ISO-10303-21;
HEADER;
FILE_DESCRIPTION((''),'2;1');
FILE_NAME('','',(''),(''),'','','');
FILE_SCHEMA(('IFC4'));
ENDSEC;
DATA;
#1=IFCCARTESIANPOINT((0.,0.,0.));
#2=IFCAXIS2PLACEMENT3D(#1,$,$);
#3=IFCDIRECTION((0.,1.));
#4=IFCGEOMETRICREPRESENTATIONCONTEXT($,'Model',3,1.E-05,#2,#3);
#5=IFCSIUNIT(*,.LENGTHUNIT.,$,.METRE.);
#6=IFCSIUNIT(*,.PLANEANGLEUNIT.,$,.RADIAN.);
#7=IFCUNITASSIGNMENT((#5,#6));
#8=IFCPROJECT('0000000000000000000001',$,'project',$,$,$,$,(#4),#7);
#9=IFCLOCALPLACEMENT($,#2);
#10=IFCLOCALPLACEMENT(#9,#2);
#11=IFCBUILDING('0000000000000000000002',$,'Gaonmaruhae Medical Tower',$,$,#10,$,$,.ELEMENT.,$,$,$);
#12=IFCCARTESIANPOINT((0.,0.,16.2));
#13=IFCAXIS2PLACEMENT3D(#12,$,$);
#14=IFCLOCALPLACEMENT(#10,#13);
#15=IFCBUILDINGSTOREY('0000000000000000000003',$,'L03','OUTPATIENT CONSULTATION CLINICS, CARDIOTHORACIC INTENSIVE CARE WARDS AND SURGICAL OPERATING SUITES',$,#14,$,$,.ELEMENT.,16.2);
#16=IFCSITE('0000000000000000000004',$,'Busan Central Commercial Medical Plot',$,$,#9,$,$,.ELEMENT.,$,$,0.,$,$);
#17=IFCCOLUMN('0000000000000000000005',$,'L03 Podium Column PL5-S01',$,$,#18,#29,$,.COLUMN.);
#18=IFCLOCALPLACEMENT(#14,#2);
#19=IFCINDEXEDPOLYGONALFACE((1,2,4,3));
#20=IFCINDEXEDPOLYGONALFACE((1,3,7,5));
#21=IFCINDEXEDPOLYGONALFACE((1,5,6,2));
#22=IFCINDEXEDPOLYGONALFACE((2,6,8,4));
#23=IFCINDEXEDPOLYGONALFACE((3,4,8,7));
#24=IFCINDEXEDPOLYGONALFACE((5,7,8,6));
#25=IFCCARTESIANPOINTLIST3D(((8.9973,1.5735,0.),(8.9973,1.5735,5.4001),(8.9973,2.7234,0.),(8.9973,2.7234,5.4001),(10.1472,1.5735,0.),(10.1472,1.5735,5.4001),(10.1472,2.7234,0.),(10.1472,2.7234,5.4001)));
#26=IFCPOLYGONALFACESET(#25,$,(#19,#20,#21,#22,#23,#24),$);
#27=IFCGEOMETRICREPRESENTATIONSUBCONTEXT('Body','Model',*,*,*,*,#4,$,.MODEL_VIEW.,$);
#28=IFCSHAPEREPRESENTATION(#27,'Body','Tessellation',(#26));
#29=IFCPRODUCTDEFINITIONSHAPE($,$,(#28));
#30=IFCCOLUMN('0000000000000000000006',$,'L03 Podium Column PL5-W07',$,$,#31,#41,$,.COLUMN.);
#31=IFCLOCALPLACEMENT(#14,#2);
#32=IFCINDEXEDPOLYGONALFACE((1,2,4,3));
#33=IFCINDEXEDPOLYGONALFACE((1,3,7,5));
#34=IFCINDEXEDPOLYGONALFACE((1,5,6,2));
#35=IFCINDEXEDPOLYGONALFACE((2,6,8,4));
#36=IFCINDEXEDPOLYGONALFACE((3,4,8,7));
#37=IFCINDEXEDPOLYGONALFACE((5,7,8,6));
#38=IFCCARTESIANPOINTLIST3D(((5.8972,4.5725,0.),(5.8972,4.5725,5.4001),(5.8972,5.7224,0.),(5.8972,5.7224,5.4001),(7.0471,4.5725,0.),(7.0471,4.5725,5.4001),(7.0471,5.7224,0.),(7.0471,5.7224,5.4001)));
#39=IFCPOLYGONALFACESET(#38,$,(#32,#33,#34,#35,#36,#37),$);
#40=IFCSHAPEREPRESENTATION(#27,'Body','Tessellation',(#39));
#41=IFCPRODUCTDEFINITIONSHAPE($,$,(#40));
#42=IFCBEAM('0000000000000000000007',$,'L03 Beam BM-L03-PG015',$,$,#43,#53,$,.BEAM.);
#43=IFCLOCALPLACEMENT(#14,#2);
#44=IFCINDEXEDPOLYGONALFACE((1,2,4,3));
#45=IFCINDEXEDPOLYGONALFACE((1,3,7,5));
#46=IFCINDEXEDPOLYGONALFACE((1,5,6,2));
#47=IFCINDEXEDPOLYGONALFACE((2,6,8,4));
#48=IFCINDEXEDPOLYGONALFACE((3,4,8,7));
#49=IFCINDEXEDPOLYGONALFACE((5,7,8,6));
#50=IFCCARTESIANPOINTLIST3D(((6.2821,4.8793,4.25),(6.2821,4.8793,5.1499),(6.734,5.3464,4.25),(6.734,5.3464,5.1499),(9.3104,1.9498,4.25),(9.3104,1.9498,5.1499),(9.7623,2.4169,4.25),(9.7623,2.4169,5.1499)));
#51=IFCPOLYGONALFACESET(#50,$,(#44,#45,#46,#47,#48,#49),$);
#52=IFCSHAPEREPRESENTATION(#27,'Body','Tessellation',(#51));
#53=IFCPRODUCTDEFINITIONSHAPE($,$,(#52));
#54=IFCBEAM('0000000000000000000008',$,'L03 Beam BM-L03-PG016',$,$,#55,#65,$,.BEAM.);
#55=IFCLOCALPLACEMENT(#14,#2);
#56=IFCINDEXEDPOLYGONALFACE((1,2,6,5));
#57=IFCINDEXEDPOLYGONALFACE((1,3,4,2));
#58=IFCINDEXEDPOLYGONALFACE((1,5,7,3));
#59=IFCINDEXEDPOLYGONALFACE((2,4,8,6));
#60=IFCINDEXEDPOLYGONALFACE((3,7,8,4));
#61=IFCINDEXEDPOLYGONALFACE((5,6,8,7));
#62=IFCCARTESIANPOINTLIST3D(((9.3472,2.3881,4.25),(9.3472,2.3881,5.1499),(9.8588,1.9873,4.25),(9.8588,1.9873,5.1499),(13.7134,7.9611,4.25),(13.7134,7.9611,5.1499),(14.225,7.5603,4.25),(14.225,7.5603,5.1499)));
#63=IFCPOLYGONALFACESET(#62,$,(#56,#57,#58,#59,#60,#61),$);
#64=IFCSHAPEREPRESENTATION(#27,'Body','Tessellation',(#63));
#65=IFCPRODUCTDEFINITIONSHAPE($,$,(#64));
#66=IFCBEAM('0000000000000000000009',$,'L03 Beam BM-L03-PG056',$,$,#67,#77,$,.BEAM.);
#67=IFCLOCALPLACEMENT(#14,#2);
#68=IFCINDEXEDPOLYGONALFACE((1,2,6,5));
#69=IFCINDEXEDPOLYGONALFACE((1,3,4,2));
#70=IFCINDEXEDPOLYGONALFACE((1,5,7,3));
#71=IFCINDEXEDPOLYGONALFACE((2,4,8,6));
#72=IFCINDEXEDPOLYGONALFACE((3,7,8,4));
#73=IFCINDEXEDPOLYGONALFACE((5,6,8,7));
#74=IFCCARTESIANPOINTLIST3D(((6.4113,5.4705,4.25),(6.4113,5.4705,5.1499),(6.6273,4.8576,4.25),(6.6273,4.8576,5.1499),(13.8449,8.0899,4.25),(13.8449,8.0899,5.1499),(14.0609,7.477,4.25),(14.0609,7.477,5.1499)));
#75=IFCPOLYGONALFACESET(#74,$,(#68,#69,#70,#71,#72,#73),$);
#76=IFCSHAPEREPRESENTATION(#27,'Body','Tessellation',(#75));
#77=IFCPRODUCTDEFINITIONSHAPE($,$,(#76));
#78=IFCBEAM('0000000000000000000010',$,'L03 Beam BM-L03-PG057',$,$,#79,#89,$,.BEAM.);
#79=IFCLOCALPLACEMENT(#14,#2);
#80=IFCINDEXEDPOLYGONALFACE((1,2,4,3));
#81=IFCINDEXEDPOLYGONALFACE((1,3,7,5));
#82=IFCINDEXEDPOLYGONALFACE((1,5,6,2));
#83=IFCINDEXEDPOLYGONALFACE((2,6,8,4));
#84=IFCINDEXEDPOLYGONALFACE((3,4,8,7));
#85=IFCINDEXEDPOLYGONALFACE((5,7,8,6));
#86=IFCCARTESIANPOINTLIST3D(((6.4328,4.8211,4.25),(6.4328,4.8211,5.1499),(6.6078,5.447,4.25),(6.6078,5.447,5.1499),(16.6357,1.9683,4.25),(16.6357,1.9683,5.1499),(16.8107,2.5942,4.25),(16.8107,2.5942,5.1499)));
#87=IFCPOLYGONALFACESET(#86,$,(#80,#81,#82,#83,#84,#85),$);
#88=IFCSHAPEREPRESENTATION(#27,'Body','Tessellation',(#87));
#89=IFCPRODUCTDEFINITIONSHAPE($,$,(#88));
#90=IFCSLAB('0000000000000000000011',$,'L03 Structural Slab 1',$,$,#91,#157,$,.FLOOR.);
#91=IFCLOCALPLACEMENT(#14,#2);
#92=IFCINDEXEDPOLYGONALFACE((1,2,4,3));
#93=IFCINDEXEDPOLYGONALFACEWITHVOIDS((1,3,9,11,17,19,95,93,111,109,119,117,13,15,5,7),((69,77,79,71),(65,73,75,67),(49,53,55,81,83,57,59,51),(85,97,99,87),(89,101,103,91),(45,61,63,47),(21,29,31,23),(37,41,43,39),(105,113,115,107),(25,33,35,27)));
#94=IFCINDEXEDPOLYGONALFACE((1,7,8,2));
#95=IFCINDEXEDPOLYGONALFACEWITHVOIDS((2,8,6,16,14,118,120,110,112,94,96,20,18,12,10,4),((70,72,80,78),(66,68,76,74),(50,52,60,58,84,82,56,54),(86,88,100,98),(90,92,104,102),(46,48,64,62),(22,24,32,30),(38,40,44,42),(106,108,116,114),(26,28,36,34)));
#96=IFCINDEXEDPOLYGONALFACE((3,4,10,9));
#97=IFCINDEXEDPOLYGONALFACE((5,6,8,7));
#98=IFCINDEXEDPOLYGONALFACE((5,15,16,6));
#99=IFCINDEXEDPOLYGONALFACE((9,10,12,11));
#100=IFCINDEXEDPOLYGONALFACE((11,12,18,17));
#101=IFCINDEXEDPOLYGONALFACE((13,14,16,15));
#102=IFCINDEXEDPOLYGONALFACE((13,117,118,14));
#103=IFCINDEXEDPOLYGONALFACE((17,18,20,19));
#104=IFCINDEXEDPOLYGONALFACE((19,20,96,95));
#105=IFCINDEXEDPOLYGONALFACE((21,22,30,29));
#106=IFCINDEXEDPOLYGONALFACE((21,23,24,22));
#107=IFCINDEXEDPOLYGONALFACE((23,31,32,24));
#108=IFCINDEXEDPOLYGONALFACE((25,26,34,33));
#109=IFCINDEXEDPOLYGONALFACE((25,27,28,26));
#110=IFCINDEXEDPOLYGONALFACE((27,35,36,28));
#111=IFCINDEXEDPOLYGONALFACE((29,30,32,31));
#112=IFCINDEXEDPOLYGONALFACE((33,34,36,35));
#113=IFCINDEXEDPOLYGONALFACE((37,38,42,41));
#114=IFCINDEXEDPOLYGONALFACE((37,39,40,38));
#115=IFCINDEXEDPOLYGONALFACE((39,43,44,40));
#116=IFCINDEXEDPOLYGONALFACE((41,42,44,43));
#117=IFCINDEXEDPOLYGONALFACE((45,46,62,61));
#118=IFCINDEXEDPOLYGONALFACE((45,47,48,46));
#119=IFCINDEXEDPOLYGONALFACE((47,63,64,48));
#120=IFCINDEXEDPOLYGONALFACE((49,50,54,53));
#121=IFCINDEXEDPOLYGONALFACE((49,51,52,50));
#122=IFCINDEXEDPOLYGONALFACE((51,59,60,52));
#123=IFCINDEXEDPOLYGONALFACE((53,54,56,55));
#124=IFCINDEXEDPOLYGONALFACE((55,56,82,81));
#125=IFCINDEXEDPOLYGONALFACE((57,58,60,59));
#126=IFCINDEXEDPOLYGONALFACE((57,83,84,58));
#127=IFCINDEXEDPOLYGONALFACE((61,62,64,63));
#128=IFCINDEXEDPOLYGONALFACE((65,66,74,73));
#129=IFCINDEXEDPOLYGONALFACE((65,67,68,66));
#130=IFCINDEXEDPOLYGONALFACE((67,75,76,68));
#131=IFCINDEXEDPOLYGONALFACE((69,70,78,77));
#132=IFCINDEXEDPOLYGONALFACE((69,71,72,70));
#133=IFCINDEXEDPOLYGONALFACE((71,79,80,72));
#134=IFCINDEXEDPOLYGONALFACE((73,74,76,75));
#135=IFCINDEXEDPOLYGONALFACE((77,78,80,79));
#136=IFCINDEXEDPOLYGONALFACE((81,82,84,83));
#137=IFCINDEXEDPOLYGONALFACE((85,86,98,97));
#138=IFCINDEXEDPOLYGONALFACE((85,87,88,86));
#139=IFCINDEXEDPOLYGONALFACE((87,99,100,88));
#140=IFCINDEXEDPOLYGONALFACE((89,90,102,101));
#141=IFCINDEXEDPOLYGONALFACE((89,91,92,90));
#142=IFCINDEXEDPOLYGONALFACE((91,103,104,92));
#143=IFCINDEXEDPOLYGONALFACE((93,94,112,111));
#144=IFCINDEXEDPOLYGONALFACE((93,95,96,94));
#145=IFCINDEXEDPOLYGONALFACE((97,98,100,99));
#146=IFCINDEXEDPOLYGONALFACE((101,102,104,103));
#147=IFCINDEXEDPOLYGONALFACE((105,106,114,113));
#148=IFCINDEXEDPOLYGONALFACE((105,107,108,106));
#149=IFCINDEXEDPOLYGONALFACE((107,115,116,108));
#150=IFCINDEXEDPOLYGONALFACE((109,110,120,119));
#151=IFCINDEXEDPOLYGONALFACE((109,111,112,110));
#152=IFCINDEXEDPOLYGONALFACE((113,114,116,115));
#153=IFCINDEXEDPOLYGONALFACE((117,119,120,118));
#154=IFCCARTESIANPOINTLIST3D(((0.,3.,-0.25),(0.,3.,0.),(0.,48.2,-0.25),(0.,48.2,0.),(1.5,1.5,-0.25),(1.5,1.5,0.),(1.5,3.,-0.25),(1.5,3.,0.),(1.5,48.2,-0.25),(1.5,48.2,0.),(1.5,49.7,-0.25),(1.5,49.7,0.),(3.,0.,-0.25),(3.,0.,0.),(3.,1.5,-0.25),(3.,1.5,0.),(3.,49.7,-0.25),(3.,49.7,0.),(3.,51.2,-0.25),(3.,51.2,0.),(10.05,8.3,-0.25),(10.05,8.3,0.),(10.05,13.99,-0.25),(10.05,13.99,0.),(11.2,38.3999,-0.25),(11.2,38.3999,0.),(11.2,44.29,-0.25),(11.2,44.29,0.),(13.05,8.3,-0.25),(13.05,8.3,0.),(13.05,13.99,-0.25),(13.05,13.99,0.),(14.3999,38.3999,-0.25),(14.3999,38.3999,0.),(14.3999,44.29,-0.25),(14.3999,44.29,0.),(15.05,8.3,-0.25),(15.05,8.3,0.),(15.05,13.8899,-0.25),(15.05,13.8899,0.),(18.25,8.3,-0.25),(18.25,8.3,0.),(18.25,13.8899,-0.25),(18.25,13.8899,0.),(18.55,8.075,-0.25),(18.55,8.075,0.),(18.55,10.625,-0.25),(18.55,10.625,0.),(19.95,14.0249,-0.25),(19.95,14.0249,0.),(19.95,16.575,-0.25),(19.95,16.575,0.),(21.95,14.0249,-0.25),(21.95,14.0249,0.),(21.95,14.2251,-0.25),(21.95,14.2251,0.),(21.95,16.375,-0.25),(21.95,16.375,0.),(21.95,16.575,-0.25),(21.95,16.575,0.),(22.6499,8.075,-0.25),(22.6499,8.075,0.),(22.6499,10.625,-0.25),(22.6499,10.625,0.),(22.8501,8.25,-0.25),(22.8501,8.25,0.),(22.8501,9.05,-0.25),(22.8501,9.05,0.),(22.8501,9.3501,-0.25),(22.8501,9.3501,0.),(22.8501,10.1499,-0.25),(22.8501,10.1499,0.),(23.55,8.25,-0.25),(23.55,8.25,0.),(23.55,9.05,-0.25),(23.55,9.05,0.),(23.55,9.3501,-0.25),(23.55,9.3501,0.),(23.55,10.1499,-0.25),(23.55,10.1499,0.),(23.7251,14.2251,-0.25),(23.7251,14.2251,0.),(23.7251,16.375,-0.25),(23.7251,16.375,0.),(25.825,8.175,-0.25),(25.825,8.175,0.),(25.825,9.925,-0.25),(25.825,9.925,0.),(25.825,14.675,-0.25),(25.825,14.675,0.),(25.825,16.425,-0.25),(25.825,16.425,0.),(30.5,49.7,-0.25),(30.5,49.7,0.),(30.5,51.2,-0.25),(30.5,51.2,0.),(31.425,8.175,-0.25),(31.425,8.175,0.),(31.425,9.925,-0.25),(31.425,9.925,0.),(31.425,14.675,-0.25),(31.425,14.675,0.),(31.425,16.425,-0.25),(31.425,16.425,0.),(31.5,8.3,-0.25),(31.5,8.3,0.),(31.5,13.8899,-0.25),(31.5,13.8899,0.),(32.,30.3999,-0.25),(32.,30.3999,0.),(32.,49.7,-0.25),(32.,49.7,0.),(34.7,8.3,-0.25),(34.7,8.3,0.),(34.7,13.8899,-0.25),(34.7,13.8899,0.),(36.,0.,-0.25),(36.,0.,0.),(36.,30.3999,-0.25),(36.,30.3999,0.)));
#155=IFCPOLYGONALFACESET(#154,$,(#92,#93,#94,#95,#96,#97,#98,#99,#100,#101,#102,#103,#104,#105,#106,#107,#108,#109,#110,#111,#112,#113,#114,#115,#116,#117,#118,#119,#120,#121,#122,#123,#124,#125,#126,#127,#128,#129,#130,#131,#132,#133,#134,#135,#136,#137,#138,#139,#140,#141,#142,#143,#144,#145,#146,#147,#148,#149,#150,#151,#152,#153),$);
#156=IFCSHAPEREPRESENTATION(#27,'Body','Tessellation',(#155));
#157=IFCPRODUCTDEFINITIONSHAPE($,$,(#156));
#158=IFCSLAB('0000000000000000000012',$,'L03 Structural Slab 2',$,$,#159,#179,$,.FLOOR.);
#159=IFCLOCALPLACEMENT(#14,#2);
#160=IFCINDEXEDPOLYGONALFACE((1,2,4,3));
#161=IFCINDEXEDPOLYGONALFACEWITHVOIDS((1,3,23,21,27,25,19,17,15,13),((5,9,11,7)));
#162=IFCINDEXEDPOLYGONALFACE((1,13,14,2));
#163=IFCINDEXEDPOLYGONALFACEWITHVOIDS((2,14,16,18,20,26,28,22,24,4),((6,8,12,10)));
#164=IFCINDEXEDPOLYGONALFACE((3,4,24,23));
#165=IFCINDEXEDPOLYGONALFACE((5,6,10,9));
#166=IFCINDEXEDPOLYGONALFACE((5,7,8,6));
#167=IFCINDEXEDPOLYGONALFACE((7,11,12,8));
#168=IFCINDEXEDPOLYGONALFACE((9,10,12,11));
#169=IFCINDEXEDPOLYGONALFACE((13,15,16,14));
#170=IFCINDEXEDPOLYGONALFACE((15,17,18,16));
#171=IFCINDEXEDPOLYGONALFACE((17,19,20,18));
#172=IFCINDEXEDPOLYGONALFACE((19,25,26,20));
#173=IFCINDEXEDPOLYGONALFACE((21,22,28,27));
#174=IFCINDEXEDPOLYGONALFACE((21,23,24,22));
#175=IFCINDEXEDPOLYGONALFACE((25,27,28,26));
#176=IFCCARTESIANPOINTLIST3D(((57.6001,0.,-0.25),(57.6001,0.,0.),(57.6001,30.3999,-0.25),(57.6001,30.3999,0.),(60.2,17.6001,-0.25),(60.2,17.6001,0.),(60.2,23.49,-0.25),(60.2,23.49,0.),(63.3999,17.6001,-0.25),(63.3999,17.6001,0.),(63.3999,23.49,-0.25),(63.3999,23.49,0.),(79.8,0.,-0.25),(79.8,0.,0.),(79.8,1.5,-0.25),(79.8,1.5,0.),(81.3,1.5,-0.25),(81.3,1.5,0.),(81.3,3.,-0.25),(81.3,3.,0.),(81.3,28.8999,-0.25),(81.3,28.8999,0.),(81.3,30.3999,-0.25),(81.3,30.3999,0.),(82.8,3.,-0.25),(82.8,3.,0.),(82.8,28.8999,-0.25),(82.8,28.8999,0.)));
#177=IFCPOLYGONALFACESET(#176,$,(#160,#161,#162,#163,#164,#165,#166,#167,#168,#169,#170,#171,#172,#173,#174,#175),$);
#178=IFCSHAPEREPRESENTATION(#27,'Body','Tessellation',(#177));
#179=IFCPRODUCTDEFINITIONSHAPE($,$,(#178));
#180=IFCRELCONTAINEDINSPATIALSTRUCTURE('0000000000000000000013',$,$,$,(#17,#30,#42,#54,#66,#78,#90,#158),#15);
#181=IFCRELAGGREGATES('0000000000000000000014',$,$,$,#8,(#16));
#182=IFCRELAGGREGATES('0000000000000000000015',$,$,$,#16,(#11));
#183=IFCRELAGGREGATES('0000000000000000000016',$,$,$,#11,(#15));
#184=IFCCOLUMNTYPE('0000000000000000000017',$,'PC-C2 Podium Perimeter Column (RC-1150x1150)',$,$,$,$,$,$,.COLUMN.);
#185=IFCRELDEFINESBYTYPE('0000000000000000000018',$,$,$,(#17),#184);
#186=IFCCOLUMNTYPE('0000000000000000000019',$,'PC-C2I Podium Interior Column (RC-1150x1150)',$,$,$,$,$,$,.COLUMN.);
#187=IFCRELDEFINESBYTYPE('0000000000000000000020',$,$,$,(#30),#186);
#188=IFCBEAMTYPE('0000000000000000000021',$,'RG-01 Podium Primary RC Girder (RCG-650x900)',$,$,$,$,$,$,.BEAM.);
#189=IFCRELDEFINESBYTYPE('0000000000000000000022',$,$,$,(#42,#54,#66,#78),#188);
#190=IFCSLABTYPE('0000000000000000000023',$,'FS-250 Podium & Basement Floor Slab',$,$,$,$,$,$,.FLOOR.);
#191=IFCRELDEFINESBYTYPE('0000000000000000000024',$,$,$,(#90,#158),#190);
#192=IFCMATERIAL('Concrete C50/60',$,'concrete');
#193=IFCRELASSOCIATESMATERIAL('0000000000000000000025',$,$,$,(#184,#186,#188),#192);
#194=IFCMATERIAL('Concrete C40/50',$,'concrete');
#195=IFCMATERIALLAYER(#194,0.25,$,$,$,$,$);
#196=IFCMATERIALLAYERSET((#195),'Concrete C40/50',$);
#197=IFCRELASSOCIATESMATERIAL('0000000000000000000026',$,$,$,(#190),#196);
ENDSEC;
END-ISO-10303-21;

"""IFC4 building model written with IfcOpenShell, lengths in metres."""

from ifc_helpers import new_model, si_unit, direction, frame, origin, origin_2d, place, context, subcontext, project, spatial, polyline, rectangle, outline, extrude, material, layer, layer_set, material_profile, profile_set, type_object, element, save


model = new_model("IFC4")

# Units and contexts
model_context = context("Model", 3, precision=1e-05, world=origin(), true_north=direction((0.0, 1.0)))
body_context = subcontext(model_context, "Body", "Model", "MODEL_VIEW")
ifc_project = project(units=[si_unit("LENGTHUNIT", "METRE"), si_unit("PLANEANGLEUNIT", "RADIAN")], contexts=[model_context])

# Site, building, storey
site_placement = place(None, origin())
site = spatial("IfcSite", under=ifc_project, at=site_placement, Name="Busan Central Commercial Medical Plot", CompositionType="ELEMENT", RefElevation=0.0)
building_placement = place(site_placement, origin())
building = spatial("IfcBuilding", under=site, at=building_placement, Name="Gaonmaruhae Medical Tower", CompositionType="ELEMENT")
storey_placement = place(building_placement, frame((0.0, 0.0, 16.2)))
storey = spatial("IfcBuildingStorey", under=building, at=storey_placement, Name="L03", Description="OUTPATIENT CONSULTATION CLINICS, CARDIOTHORACIC INTENSIVE CARE WARDS AND SURGICAL OPERATING SUITES", CompositionType="ELEMENT", Elevation=16.2)

# Columns
ifc_material_1 = material(Name="Concrete C50/60", Category="concrete")
ifc_material_profile_1 = material_profile(ifc_material_1, rectangle(XDim=1.1499, YDim=1.1499, at=origin_2d()), Name="RC-1150x1150")
ifc_profile_set_1 = profile_set([ifc_material_profile_1], Name="Concrete C50/60")
column_type_1 = type_object("IfcColumnType", Name="PC-C2 Podium Perimeter Column (RC-1150x1150)", PredefinedType="COLUMN", material=ifc_profile_set_1)
column_1_placement = place(storey_placement, frame((9.5723, 2.1484, 0.0), z_axis=(0.0, 0.0, 1.0), x_axis=(1.0, 0.0, 0.0)))
element("IfcColumn", 1, at=column_1_placement, inside=storey, type_object=column_type_1, Name="L03 Podium Column PL5-S01", PredefinedType="COLUMN", context=body_context, shape_type="SweptSolid", body=[
    extrude(rectangle(XDim=1.1499, YDim=1.1499, at=origin_2d()), origin(), (0.0, 0.0, 1.0), 5.4001),
])
ifc_material_profile_2 = material_profile(ifc_material_1, rectangle(XDim=1.1499, YDim=1.1499, at=origin_2d()), Name="RC-1150x1150")
ifc_profile_set_2 = profile_set([ifc_material_profile_2], Name="Concrete C50/60")
column_type_2 = type_object("IfcColumnType", Name="PC-C2I Podium Interior Column (RC-1150x1150)", PredefinedType="COLUMN", material=ifc_profile_set_2)
column_2_placement = place(storey_placement, frame((6.4722, 5.1475, 0.0), z_axis=(0.0, 0.0, 1.0), x_axis=(1.0, 0.0, 0.0)))
element("IfcColumn", 2, at=column_2_placement, inside=storey, type_object=column_type_2, Name="L03 Podium Column PL5-W07", PredefinedType="COLUMN", context=body_context, shape_type="SweptSolid", body=[
    extrude(rectangle(XDim=1.1499, YDim=1.1499, at=origin_2d()), origin(), (0.0, 0.0, 1.0), 5.4001),
])

# Beams
ifc_material_profile_3 = material_profile(ifc_material_1, rectangle(XDim=0.6499, YDim=0.8999, at=origin_2d()), Name="RCG-650x900")
ifc_profile_set_3 = profile_set([ifc_material_profile_3], Name="Concrete C50/60")
beam_type = type_object("IfcBeamType", Name="RG-01 Podium Primary RC Girder (RCG-650x900)", PredefinedType="BEAM", material=ifc_profile_set_3)
beam_1_placement = place(storey_placement, frame((9.5364, 2.1833, 4.7), z_axis=(-0.718743, 0.695276, 0.0), x_axis=(-0.695276, -0.718743, 0.0)))
element("IfcBeam", 3, at=beam_1_placement, inside=storey, type_object=beam_type, Name="L03 Beam BM-L03-PG015", PredefinedType="BEAM", context=body_context, shape_type="SweptSolid", body=[
    extrude(rectangle(XDim=0.6499, YDim=0.8999, at=origin_2d()), origin(), (0.0, 0.0, 1.0), 4.2134),
])
beam_2_placement = place(storey_placement, frame((9.603, 2.1877, 4.7), z_axis=(0.616723, 0.78718, 0.0), x_axis=(-0.78718, 0.616723, 0.0)))
element("IfcBeam", 4, at=beam_2_placement, inside=storey, type_object=beam_type, Name="L03 Beam BM-L03-PG016", PredefinedType="BEAM", context=body_context, shape_type="SweptSolid", body=[
    extrude(rectangle(XDim=0.6499, YDim=0.8999, at=origin_2d()), origin(), (0.0, 0.0, 1.0), 7.0796),
])
beam_3_placement = place(storey_placement, frame((6.5193, 5.1641, 4.7), z_axis=(0.943159, 0.332342, 0.0), x_axis=(-0.332342, 0.943159, 0.0)))
element("IfcBeam", 5, at=beam_3_placement, inside=storey, type_object=beam_type, Name="L03 Beam BM-L03-PG056", PredefinedType="BEAM", context=body_context, shape_type="SweptSolid", body=[
    extrude(rectangle(XDim=0.6499, YDim=0.8999, at=origin_2d()), origin(), (0.0, 0.0, 1.0), 7.8816),
])
beam_4_placement = place(storey_placement, frame((6.5203, 5.134, 4.7), z_axis=(0.963063, -0.269278, 0.0), x_axis=(0.269278, 0.963063, 0.0)))
element("IfcBeam", 6, at=beam_4_placement, inside=storey, type_object=beam_type, Name="L03 Beam BM-L03-PG057", PredefinedType="BEAM", context=body_context, shape_type="SweptSolid", body=[
    extrude(rectangle(XDim=0.6499, YDim=0.8999, at=origin_2d()), origin(), (0.0, 0.0, 1.0), 10.5942),
])

# Slabs
ifc_material_2 = material(Name="Concrete C40/50", Category="concrete")
ifc_layer_1 = layer(ifc_material_2, 0.25)
ifc_layer_set_1 = layer_set([ifc_layer_1], Name="Concrete C40/50")
slab_type_1 = type_object("IfcSlabType", Name="FS-250 Podium & Basement Floor Slab", PredefinedType="FLOOR", material=ifc_layer_set_1)
slab_1_placement = place(storey_placement, frame((0.0, 0.0, -0.25)))
element("IfcSlab", 7, at=slab_1_placement, inside=storey, type_object=slab_type_1, Name="L03 Structural Slab 1", PredefinedType="FLOOR", context=body_context, shape_type="SweptSolid", body=[
    extrude(outline(polyline([(3.0, 0.0), (3.0, 1.5), (1.5, 1.5), (1.5, 3.0), (0.0, 3.0), (0.0, 48.2), (1.5, 48.2), (1.5, 49.7), (3.0, 49.7), (3.0, 51.2), (30.5, 51.2), (30.5, 49.7), (32.0, 49.7), (32.0, 30.3999), (36.0, 30.3999), (36.0, 0.0), (3.0, 0.0)]), holes=[polyline([(23.55, 8.25), (22.8501, 8.25), (22.8501, 9.05), (23.55, 9.05), (23.55, 8.25)]), polyline([(22.6499, 10.625), (22.6499, 8.075), (18.55, 8.075), (18.55, 10.625), (22.6499, 10.625)]), polyline([(15.05, 13.8899), (18.25, 13.8899), (18.25, 8.3), (15.05, 8.3), (15.05, 13.8899)]), polyline([(13.05, 13.99), (13.05, 8.3), (10.05, 8.3), (10.05, 13.99), (13.05, 13.99)]), polyline([(21.95, 14.0249), (19.95, 14.0249), (19.95, 16.575), (21.95, 16.575), (21.95, 16.375), (23.7251, 16.375), (23.7251, 14.2251), (21.95, 14.2251), (21.95, 14.0249)]), polyline([(11.2, 44.29), (14.3999, 44.29), (14.3999, 38.3999), (11.2, 38.3999), (11.2, 44.29)]), polyline([(31.425, 9.925), (31.425, 8.175), (25.825, 8.175), (25.825, 9.925), (31.425, 9.925)]), polyline([(22.8501, 9.3501), (22.8501, 10.1499), (23.55, 10.1499), (23.55, 9.3501), (22.8501, 9.3501)]), polyline([(31.5, 13.8899), (34.7, 13.8899), (34.7, 8.3), (31.5, 8.3), (31.5, 13.8899)]), polyline([(31.425, 16.425), (31.425, 14.675), (25.825, 14.675), (25.825, 16.425), (31.425, 16.425)])]), origin(), (0.0, 0.0, 1.0), 0.25),
])
slab_2_placement = place(storey_placement, frame((0.0, 0.0, -0.25)))
element("IfcSlab", 8, at=slab_2_placement, inside=storey, type_object=slab_type_1, Name="L03 Structural Slab 2", PredefinedType="FLOOR", context=body_context, shape_type="SweptSolid", body=[
    extrude(outline(polyline([(81.3, 30.3999), (81.3, 28.8999), (82.8, 28.8999), (82.8, 3.0), (81.3, 3.0), (81.3, 1.5), (79.8, 1.5), (79.8, 0.0), (57.6001, 0.0), (57.6001, 30.3999), (81.3, 30.3999)]), holes=[polyline([(63.3999, 23.49), (63.3999, 17.6001), (60.2, 17.6001), (60.2, 23.49), (63.3999, 23.49)])]), origin(), (0.0, 0.0, 1.0), 0.25),
])

save(model, "model.ifc")
